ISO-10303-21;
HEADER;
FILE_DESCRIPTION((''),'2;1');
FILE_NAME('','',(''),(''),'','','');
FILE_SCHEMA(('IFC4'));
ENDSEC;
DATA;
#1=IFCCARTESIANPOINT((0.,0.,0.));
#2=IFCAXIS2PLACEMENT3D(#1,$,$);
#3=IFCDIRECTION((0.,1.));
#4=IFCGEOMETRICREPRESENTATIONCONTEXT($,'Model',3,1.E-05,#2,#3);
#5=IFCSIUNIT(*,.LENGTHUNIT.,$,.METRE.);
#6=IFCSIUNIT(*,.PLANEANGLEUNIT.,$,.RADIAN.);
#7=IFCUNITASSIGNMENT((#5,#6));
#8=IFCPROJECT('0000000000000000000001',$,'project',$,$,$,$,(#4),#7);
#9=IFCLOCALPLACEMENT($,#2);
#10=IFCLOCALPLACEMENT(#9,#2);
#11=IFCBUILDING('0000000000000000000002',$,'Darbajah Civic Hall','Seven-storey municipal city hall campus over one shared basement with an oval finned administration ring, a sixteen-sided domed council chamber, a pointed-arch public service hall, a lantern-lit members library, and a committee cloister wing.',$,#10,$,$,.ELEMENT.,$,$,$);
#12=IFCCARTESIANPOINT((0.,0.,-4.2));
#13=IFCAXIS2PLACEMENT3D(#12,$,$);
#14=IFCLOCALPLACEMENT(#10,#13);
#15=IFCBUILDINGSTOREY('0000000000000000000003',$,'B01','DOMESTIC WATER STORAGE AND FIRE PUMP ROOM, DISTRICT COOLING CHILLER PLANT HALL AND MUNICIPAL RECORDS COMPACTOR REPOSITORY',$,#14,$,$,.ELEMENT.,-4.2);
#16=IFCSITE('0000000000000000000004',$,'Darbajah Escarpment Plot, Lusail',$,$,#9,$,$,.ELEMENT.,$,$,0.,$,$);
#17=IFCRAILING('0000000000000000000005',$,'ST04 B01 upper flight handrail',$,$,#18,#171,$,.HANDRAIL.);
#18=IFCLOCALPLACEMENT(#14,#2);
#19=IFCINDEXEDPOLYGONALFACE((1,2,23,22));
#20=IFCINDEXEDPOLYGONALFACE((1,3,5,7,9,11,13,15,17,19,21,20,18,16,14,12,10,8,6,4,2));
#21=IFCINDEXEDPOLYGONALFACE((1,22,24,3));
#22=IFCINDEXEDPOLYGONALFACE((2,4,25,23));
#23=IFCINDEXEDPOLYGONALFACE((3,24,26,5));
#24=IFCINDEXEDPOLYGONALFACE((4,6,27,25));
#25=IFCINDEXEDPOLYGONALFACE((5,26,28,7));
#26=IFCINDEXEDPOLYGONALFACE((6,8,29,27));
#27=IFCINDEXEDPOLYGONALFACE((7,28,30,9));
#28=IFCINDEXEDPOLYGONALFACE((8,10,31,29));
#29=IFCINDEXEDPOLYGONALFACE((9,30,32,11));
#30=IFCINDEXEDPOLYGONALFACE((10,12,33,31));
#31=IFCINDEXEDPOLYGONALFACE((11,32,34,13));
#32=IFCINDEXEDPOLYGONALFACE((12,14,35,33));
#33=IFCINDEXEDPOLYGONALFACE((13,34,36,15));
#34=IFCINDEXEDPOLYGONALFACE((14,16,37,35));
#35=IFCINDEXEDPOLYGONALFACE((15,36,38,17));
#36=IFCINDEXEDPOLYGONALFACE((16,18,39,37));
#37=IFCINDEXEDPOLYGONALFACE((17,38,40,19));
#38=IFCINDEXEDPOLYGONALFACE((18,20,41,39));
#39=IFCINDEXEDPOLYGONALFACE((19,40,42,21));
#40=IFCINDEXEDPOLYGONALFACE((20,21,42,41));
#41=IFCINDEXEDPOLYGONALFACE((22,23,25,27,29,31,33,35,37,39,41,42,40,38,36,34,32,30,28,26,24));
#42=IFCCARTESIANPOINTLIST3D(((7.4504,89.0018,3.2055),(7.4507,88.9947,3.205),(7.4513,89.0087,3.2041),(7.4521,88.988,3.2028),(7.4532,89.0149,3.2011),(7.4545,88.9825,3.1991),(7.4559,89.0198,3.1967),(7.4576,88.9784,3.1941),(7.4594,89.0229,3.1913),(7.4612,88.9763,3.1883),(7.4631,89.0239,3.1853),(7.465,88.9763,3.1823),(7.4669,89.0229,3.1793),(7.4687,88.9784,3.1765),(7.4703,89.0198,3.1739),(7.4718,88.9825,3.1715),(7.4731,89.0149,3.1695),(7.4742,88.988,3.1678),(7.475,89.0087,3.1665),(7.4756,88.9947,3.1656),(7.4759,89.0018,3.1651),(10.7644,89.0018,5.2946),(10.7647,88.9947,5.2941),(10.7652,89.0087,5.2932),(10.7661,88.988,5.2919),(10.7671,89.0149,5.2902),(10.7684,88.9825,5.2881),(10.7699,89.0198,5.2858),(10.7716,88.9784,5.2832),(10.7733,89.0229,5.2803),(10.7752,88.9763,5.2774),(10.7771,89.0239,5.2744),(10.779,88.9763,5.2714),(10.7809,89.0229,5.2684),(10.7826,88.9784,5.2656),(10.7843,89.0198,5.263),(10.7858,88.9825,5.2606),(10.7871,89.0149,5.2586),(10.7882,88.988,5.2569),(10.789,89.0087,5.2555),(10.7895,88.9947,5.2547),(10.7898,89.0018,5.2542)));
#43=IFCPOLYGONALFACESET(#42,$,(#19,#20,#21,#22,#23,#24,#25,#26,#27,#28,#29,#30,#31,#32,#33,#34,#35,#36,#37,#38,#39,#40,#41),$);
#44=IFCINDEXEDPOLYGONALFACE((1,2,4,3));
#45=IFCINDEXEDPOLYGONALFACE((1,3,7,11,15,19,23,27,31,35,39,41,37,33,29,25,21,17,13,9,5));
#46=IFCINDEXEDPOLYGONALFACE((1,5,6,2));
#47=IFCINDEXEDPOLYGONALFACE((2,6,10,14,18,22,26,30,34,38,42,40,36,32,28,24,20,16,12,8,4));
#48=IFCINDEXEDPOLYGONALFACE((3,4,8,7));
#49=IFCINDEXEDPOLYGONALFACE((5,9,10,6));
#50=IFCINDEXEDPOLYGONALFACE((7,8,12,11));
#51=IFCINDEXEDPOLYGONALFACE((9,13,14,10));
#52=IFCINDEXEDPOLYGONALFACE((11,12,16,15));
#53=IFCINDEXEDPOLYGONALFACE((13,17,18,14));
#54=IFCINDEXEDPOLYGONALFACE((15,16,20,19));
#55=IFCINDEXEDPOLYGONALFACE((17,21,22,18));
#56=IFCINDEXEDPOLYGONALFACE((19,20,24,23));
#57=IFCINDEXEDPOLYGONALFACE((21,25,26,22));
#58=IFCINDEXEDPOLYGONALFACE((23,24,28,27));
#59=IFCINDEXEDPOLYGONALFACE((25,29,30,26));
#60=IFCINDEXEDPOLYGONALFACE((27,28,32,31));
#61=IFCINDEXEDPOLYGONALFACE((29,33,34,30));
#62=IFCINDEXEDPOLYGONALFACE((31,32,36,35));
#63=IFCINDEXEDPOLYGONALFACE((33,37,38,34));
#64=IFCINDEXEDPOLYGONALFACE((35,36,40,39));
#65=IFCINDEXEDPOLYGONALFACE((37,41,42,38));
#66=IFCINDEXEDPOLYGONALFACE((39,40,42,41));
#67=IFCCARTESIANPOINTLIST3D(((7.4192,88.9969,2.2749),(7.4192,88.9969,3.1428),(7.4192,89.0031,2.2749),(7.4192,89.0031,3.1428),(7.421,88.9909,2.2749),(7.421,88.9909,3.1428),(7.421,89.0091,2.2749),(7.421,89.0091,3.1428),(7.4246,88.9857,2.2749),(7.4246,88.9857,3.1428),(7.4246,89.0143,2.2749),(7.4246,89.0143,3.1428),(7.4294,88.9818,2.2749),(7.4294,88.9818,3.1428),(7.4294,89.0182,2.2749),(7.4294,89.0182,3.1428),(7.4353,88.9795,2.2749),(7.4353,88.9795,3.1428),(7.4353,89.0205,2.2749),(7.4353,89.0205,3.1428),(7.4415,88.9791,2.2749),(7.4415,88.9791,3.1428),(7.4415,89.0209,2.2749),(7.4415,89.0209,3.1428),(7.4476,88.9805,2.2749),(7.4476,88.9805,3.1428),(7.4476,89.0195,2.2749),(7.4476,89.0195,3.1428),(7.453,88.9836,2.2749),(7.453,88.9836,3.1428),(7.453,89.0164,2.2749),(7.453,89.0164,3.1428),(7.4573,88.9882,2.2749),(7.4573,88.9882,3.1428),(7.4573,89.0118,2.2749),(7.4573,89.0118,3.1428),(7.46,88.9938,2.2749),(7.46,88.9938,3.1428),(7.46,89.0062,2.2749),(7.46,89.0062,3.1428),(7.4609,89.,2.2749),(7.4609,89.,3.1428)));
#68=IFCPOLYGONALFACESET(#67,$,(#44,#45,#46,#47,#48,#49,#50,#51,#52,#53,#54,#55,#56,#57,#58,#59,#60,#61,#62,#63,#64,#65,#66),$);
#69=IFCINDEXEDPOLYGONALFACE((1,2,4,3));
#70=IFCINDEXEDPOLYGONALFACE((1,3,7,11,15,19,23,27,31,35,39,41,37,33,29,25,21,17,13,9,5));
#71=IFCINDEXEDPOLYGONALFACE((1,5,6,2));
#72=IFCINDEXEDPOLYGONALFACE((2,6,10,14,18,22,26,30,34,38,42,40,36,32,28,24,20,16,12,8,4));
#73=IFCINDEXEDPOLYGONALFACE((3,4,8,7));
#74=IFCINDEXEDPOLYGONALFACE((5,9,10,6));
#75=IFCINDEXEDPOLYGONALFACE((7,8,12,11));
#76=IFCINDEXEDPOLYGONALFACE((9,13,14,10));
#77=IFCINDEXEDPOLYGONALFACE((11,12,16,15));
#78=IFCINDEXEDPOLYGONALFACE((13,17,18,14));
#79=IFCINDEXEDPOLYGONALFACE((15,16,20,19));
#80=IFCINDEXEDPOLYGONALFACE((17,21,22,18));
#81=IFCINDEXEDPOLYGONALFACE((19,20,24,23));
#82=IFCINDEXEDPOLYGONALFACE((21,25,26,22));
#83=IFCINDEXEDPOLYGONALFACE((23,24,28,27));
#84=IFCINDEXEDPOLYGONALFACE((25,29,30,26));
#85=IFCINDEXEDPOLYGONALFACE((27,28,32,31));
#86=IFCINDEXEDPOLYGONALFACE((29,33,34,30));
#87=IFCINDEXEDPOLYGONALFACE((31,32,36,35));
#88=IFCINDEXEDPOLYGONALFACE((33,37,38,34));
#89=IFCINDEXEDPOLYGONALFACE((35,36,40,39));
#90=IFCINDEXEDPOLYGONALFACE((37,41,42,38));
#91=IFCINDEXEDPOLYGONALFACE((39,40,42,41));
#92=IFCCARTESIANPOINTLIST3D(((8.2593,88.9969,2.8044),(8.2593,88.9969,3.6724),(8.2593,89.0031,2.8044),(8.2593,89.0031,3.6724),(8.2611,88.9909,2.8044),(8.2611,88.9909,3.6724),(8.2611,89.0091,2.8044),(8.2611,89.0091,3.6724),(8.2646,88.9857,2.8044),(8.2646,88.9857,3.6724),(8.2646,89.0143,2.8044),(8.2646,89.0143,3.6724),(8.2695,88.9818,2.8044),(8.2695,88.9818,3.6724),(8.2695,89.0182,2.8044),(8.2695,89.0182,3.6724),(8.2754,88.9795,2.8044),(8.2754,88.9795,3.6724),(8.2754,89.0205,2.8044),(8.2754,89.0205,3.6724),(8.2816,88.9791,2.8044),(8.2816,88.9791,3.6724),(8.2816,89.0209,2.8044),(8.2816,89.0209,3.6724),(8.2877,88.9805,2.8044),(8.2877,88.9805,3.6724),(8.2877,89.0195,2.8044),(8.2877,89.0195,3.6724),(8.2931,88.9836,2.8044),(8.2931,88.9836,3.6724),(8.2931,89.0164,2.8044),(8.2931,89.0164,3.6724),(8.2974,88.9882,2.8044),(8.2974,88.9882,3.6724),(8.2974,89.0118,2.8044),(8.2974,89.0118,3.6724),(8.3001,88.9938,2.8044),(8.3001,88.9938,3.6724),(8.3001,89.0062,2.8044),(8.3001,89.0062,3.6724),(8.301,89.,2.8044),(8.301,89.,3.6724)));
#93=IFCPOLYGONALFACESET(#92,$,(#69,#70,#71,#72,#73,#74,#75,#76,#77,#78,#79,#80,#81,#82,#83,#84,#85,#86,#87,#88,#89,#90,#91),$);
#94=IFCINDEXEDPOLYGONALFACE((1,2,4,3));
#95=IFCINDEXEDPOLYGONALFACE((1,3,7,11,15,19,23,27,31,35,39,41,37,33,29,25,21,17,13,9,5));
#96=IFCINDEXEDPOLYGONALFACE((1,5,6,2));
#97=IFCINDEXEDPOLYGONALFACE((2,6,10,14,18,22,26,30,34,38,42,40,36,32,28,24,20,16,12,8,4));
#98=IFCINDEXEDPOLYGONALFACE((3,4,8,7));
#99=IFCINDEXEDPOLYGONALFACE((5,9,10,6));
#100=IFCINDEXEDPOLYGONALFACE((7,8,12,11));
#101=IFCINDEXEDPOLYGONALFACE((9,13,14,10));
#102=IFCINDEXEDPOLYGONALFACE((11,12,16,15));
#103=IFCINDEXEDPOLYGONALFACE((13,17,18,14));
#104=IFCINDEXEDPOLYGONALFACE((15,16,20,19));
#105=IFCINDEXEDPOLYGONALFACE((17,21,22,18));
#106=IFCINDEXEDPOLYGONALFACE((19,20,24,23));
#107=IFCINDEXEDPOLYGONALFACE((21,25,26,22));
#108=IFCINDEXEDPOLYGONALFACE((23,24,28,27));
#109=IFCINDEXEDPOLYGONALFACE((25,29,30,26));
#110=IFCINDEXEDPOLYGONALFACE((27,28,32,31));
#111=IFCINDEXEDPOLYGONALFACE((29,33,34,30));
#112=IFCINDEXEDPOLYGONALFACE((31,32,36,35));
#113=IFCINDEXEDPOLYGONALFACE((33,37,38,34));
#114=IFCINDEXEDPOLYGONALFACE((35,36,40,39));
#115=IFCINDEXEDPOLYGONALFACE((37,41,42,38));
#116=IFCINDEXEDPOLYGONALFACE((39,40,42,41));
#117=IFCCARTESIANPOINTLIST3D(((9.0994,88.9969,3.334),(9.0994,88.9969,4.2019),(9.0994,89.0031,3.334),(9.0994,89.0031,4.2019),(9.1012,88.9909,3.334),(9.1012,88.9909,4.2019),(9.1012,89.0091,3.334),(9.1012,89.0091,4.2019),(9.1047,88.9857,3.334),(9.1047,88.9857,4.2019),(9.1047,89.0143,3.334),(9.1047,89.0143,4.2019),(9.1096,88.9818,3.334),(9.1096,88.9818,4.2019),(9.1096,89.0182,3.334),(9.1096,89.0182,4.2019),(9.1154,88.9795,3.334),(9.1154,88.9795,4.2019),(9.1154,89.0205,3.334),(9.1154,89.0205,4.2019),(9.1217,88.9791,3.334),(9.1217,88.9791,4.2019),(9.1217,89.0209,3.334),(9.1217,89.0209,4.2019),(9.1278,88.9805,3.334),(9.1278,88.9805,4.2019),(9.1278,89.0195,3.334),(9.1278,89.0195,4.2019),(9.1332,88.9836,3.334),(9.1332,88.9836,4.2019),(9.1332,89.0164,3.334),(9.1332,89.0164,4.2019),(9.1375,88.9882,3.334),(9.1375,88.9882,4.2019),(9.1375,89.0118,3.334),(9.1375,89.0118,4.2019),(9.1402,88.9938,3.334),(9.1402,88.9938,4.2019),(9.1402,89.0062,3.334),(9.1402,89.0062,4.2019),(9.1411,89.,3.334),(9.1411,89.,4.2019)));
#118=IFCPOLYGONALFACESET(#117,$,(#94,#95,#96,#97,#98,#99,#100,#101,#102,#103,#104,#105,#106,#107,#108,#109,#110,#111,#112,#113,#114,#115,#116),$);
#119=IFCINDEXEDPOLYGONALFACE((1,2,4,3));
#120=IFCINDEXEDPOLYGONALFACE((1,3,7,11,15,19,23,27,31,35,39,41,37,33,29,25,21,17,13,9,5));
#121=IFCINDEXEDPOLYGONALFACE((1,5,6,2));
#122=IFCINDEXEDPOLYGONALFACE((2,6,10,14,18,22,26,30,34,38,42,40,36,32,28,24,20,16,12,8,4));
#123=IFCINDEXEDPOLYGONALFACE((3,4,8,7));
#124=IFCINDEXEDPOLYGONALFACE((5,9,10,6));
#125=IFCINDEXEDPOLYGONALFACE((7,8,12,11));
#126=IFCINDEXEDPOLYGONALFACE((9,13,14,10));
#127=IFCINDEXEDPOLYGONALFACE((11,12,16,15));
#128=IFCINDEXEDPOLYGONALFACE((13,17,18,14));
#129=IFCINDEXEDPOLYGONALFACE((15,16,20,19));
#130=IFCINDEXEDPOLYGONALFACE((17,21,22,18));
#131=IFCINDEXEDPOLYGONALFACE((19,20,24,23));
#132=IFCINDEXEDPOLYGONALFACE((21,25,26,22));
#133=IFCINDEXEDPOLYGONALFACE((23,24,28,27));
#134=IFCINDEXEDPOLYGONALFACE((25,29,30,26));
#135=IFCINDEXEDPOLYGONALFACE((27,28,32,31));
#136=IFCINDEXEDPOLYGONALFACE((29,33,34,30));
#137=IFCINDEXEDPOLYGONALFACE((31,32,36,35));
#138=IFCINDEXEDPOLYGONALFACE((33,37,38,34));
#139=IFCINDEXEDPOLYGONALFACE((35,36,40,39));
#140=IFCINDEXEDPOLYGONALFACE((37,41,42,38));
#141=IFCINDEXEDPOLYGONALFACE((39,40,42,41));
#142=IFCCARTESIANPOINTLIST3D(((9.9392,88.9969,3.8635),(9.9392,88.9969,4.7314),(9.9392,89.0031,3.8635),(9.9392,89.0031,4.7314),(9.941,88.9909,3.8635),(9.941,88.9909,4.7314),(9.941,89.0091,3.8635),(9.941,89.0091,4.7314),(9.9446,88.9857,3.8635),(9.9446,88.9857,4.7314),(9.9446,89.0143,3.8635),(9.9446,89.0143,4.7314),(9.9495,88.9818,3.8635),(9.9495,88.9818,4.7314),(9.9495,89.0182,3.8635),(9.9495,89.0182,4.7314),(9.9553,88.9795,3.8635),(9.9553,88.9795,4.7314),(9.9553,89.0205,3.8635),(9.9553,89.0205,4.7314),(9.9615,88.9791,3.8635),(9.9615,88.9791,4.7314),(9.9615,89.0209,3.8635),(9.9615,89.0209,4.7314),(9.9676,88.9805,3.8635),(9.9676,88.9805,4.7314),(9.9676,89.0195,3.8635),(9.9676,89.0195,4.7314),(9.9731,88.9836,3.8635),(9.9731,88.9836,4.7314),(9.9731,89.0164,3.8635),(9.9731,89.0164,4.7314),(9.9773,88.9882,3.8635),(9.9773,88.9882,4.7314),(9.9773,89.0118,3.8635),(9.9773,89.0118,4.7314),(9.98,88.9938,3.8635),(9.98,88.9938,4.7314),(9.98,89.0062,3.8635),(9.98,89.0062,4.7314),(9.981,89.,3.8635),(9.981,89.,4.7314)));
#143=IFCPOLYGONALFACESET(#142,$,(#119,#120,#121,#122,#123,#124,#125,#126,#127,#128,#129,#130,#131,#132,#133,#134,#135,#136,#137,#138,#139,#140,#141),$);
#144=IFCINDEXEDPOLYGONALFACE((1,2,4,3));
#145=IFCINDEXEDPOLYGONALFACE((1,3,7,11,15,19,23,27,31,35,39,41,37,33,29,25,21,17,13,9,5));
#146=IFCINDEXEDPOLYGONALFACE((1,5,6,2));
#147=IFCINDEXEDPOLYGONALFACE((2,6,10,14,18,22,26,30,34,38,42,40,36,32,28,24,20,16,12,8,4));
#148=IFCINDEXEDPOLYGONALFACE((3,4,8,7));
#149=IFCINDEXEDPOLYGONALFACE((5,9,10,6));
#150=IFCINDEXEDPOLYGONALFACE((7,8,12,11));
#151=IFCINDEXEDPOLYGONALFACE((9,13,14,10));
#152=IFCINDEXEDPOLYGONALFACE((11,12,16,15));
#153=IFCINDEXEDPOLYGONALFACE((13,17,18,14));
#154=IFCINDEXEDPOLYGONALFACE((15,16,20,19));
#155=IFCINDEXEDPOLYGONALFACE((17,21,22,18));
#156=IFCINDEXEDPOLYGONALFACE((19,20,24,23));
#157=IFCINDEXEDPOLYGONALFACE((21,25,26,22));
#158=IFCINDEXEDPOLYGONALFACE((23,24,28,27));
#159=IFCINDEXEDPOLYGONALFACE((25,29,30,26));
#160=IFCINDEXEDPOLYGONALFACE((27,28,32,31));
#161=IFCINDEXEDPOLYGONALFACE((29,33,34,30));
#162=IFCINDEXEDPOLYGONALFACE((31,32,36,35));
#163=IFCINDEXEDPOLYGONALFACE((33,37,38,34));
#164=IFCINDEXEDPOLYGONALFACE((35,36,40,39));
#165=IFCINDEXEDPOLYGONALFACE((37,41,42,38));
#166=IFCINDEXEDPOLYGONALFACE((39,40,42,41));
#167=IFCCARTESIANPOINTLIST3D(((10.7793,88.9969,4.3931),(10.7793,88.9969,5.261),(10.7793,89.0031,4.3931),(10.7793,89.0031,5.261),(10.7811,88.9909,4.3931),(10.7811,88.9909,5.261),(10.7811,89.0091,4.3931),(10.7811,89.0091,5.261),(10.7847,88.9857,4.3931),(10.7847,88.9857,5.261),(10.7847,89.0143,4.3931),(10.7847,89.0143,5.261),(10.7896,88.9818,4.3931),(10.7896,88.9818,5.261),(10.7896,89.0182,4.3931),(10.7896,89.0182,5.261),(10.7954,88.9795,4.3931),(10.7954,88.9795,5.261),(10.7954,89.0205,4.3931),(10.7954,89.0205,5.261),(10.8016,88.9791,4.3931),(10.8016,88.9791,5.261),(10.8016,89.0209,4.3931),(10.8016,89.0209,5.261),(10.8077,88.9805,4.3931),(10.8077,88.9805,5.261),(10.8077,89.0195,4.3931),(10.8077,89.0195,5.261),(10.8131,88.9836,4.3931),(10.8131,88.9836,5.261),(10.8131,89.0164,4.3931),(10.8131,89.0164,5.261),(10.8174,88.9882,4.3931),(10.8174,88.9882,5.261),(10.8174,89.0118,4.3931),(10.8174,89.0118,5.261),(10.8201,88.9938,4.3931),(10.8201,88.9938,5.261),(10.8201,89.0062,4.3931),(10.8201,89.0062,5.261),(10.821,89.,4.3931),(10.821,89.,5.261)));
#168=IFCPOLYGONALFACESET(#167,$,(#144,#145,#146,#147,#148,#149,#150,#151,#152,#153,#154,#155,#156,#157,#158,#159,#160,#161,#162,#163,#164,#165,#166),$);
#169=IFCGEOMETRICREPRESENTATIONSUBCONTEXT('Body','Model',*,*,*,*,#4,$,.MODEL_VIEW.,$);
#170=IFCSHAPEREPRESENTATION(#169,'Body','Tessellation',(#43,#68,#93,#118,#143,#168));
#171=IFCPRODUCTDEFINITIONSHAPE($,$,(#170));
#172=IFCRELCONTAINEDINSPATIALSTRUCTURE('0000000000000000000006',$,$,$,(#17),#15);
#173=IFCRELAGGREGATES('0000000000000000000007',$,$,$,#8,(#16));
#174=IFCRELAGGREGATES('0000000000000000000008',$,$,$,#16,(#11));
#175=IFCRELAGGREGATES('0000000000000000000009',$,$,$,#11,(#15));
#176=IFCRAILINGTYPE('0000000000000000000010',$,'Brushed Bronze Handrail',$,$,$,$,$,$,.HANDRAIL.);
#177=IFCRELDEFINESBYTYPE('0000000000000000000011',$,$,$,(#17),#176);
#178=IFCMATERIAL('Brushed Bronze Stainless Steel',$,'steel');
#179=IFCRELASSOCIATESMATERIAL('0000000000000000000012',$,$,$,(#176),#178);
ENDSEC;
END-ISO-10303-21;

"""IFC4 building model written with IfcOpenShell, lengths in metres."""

from ifc_helpers import new_model, si_unit, direction, frame, origin, origin_2d, place, context, subcontext, project, spatial, circle, extrude, material, type_object, element, save


model = new_model("IFC4")

# Units and contexts
model_context = context("Model", 3, precision=1e-05, world=origin(), true_north=direction((0.0, 1.0)))
body_context = subcontext(model_context, "Body", "Model", "MODEL_VIEW")
ifc_project = project(units=[si_unit("LENGTHUNIT", "METRE"), si_unit("PLANEANGLEUNIT", "RADIAN")], contexts=[model_context])

# Site, building, storey
site_placement = place(None, origin())
site = spatial("IfcSite", under=ifc_project, at=site_placement, Name="Darbajah Escarpment Plot, Lusail", CompositionType="ELEMENT", RefElevation=0.0)
building_placement = place(site_placement, origin())
building = spatial("IfcBuilding", under=site, at=building_placement, Name="Darbajah Civic Hall", Description="Seven-storey municipal city hall campus over one shared basement with an oval finned administration ring, a sixteen-sided domed council chamber, a pointed-arch public service hall, a lantern-lit members library, and a committee cloister wing.", CompositionType="ELEMENT")
storey_placement = place(building_placement, frame((0.0, 0.0, -4.2)))
storey = spatial("IfcBuildingStorey", under=building, at=storey_placement, Name="B01", Description="DOMESTIC WATER STORAGE AND FIRE PUMP ROOM, DISTRICT COOLING CHILLER PLANT HALL AND MUNICIPAL RECORDS COMPACTOR REPOSITORY", CompositionType="ELEMENT", Elevation=-4.2)

# Railing
ifc_material_1 = material(Name="Brushed Bronze Stainless Steel", Category="steel")
railing_type_1 = type_object("IfcRailingType", Name="Brushed Bronze Handrail", PredefinedType="HANDRAIL", material=ifc_material_1)
railing_1_placement = place(storey_placement, frame((7.4399, 89.0, 2.2749)))
element("IfcRailing", 1, at=railing_1_placement, inside=storey, type_object=railing_type_1, Name="ST04 B01 upper flight handrail", PredefinedType="HANDRAIL", context=body_context, shape_type="SweptSolid", body=[
    extrude(circle(Radius=0.0239, at=origin_2d()), frame((0.0232, 0.0, 0.9104), z_axis=(0.845944, 0.0, 0.533271), x_axis=(0.0, 1.0, 0.0)), (0.0, 0.0, 1.0), 3.9175),
    extrude(circle(Radius=0.021, at=origin_2d()), origin(), (0.0, 0.0, 1.0), 0.8679),
    extrude(circle(Radius=0.021, at=origin_2d()), frame((0.8401, 0.0, 0.5295)), (0.0, 0.0, 1.0), 0.8679),
    extrude(circle(Radius=0.021, at=origin_2d()), frame((1.6802, 0.0, 1.0591)), (0.0, 0.0, 1.0), 0.8679),
    extrude(circle(Radius=0.021, at=origin_2d()), frame((2.52, 0.0, 1.5886)), (0.0, 0.0, 1.0), 0.8679),
    extrude(circle(Radius=0.021, at=origin_2d()), frame((3.3601, 0.0, 2.1182)), (0.0, 0.0, 1.0), 0.8679),
])

save(model, "model.ifc")
